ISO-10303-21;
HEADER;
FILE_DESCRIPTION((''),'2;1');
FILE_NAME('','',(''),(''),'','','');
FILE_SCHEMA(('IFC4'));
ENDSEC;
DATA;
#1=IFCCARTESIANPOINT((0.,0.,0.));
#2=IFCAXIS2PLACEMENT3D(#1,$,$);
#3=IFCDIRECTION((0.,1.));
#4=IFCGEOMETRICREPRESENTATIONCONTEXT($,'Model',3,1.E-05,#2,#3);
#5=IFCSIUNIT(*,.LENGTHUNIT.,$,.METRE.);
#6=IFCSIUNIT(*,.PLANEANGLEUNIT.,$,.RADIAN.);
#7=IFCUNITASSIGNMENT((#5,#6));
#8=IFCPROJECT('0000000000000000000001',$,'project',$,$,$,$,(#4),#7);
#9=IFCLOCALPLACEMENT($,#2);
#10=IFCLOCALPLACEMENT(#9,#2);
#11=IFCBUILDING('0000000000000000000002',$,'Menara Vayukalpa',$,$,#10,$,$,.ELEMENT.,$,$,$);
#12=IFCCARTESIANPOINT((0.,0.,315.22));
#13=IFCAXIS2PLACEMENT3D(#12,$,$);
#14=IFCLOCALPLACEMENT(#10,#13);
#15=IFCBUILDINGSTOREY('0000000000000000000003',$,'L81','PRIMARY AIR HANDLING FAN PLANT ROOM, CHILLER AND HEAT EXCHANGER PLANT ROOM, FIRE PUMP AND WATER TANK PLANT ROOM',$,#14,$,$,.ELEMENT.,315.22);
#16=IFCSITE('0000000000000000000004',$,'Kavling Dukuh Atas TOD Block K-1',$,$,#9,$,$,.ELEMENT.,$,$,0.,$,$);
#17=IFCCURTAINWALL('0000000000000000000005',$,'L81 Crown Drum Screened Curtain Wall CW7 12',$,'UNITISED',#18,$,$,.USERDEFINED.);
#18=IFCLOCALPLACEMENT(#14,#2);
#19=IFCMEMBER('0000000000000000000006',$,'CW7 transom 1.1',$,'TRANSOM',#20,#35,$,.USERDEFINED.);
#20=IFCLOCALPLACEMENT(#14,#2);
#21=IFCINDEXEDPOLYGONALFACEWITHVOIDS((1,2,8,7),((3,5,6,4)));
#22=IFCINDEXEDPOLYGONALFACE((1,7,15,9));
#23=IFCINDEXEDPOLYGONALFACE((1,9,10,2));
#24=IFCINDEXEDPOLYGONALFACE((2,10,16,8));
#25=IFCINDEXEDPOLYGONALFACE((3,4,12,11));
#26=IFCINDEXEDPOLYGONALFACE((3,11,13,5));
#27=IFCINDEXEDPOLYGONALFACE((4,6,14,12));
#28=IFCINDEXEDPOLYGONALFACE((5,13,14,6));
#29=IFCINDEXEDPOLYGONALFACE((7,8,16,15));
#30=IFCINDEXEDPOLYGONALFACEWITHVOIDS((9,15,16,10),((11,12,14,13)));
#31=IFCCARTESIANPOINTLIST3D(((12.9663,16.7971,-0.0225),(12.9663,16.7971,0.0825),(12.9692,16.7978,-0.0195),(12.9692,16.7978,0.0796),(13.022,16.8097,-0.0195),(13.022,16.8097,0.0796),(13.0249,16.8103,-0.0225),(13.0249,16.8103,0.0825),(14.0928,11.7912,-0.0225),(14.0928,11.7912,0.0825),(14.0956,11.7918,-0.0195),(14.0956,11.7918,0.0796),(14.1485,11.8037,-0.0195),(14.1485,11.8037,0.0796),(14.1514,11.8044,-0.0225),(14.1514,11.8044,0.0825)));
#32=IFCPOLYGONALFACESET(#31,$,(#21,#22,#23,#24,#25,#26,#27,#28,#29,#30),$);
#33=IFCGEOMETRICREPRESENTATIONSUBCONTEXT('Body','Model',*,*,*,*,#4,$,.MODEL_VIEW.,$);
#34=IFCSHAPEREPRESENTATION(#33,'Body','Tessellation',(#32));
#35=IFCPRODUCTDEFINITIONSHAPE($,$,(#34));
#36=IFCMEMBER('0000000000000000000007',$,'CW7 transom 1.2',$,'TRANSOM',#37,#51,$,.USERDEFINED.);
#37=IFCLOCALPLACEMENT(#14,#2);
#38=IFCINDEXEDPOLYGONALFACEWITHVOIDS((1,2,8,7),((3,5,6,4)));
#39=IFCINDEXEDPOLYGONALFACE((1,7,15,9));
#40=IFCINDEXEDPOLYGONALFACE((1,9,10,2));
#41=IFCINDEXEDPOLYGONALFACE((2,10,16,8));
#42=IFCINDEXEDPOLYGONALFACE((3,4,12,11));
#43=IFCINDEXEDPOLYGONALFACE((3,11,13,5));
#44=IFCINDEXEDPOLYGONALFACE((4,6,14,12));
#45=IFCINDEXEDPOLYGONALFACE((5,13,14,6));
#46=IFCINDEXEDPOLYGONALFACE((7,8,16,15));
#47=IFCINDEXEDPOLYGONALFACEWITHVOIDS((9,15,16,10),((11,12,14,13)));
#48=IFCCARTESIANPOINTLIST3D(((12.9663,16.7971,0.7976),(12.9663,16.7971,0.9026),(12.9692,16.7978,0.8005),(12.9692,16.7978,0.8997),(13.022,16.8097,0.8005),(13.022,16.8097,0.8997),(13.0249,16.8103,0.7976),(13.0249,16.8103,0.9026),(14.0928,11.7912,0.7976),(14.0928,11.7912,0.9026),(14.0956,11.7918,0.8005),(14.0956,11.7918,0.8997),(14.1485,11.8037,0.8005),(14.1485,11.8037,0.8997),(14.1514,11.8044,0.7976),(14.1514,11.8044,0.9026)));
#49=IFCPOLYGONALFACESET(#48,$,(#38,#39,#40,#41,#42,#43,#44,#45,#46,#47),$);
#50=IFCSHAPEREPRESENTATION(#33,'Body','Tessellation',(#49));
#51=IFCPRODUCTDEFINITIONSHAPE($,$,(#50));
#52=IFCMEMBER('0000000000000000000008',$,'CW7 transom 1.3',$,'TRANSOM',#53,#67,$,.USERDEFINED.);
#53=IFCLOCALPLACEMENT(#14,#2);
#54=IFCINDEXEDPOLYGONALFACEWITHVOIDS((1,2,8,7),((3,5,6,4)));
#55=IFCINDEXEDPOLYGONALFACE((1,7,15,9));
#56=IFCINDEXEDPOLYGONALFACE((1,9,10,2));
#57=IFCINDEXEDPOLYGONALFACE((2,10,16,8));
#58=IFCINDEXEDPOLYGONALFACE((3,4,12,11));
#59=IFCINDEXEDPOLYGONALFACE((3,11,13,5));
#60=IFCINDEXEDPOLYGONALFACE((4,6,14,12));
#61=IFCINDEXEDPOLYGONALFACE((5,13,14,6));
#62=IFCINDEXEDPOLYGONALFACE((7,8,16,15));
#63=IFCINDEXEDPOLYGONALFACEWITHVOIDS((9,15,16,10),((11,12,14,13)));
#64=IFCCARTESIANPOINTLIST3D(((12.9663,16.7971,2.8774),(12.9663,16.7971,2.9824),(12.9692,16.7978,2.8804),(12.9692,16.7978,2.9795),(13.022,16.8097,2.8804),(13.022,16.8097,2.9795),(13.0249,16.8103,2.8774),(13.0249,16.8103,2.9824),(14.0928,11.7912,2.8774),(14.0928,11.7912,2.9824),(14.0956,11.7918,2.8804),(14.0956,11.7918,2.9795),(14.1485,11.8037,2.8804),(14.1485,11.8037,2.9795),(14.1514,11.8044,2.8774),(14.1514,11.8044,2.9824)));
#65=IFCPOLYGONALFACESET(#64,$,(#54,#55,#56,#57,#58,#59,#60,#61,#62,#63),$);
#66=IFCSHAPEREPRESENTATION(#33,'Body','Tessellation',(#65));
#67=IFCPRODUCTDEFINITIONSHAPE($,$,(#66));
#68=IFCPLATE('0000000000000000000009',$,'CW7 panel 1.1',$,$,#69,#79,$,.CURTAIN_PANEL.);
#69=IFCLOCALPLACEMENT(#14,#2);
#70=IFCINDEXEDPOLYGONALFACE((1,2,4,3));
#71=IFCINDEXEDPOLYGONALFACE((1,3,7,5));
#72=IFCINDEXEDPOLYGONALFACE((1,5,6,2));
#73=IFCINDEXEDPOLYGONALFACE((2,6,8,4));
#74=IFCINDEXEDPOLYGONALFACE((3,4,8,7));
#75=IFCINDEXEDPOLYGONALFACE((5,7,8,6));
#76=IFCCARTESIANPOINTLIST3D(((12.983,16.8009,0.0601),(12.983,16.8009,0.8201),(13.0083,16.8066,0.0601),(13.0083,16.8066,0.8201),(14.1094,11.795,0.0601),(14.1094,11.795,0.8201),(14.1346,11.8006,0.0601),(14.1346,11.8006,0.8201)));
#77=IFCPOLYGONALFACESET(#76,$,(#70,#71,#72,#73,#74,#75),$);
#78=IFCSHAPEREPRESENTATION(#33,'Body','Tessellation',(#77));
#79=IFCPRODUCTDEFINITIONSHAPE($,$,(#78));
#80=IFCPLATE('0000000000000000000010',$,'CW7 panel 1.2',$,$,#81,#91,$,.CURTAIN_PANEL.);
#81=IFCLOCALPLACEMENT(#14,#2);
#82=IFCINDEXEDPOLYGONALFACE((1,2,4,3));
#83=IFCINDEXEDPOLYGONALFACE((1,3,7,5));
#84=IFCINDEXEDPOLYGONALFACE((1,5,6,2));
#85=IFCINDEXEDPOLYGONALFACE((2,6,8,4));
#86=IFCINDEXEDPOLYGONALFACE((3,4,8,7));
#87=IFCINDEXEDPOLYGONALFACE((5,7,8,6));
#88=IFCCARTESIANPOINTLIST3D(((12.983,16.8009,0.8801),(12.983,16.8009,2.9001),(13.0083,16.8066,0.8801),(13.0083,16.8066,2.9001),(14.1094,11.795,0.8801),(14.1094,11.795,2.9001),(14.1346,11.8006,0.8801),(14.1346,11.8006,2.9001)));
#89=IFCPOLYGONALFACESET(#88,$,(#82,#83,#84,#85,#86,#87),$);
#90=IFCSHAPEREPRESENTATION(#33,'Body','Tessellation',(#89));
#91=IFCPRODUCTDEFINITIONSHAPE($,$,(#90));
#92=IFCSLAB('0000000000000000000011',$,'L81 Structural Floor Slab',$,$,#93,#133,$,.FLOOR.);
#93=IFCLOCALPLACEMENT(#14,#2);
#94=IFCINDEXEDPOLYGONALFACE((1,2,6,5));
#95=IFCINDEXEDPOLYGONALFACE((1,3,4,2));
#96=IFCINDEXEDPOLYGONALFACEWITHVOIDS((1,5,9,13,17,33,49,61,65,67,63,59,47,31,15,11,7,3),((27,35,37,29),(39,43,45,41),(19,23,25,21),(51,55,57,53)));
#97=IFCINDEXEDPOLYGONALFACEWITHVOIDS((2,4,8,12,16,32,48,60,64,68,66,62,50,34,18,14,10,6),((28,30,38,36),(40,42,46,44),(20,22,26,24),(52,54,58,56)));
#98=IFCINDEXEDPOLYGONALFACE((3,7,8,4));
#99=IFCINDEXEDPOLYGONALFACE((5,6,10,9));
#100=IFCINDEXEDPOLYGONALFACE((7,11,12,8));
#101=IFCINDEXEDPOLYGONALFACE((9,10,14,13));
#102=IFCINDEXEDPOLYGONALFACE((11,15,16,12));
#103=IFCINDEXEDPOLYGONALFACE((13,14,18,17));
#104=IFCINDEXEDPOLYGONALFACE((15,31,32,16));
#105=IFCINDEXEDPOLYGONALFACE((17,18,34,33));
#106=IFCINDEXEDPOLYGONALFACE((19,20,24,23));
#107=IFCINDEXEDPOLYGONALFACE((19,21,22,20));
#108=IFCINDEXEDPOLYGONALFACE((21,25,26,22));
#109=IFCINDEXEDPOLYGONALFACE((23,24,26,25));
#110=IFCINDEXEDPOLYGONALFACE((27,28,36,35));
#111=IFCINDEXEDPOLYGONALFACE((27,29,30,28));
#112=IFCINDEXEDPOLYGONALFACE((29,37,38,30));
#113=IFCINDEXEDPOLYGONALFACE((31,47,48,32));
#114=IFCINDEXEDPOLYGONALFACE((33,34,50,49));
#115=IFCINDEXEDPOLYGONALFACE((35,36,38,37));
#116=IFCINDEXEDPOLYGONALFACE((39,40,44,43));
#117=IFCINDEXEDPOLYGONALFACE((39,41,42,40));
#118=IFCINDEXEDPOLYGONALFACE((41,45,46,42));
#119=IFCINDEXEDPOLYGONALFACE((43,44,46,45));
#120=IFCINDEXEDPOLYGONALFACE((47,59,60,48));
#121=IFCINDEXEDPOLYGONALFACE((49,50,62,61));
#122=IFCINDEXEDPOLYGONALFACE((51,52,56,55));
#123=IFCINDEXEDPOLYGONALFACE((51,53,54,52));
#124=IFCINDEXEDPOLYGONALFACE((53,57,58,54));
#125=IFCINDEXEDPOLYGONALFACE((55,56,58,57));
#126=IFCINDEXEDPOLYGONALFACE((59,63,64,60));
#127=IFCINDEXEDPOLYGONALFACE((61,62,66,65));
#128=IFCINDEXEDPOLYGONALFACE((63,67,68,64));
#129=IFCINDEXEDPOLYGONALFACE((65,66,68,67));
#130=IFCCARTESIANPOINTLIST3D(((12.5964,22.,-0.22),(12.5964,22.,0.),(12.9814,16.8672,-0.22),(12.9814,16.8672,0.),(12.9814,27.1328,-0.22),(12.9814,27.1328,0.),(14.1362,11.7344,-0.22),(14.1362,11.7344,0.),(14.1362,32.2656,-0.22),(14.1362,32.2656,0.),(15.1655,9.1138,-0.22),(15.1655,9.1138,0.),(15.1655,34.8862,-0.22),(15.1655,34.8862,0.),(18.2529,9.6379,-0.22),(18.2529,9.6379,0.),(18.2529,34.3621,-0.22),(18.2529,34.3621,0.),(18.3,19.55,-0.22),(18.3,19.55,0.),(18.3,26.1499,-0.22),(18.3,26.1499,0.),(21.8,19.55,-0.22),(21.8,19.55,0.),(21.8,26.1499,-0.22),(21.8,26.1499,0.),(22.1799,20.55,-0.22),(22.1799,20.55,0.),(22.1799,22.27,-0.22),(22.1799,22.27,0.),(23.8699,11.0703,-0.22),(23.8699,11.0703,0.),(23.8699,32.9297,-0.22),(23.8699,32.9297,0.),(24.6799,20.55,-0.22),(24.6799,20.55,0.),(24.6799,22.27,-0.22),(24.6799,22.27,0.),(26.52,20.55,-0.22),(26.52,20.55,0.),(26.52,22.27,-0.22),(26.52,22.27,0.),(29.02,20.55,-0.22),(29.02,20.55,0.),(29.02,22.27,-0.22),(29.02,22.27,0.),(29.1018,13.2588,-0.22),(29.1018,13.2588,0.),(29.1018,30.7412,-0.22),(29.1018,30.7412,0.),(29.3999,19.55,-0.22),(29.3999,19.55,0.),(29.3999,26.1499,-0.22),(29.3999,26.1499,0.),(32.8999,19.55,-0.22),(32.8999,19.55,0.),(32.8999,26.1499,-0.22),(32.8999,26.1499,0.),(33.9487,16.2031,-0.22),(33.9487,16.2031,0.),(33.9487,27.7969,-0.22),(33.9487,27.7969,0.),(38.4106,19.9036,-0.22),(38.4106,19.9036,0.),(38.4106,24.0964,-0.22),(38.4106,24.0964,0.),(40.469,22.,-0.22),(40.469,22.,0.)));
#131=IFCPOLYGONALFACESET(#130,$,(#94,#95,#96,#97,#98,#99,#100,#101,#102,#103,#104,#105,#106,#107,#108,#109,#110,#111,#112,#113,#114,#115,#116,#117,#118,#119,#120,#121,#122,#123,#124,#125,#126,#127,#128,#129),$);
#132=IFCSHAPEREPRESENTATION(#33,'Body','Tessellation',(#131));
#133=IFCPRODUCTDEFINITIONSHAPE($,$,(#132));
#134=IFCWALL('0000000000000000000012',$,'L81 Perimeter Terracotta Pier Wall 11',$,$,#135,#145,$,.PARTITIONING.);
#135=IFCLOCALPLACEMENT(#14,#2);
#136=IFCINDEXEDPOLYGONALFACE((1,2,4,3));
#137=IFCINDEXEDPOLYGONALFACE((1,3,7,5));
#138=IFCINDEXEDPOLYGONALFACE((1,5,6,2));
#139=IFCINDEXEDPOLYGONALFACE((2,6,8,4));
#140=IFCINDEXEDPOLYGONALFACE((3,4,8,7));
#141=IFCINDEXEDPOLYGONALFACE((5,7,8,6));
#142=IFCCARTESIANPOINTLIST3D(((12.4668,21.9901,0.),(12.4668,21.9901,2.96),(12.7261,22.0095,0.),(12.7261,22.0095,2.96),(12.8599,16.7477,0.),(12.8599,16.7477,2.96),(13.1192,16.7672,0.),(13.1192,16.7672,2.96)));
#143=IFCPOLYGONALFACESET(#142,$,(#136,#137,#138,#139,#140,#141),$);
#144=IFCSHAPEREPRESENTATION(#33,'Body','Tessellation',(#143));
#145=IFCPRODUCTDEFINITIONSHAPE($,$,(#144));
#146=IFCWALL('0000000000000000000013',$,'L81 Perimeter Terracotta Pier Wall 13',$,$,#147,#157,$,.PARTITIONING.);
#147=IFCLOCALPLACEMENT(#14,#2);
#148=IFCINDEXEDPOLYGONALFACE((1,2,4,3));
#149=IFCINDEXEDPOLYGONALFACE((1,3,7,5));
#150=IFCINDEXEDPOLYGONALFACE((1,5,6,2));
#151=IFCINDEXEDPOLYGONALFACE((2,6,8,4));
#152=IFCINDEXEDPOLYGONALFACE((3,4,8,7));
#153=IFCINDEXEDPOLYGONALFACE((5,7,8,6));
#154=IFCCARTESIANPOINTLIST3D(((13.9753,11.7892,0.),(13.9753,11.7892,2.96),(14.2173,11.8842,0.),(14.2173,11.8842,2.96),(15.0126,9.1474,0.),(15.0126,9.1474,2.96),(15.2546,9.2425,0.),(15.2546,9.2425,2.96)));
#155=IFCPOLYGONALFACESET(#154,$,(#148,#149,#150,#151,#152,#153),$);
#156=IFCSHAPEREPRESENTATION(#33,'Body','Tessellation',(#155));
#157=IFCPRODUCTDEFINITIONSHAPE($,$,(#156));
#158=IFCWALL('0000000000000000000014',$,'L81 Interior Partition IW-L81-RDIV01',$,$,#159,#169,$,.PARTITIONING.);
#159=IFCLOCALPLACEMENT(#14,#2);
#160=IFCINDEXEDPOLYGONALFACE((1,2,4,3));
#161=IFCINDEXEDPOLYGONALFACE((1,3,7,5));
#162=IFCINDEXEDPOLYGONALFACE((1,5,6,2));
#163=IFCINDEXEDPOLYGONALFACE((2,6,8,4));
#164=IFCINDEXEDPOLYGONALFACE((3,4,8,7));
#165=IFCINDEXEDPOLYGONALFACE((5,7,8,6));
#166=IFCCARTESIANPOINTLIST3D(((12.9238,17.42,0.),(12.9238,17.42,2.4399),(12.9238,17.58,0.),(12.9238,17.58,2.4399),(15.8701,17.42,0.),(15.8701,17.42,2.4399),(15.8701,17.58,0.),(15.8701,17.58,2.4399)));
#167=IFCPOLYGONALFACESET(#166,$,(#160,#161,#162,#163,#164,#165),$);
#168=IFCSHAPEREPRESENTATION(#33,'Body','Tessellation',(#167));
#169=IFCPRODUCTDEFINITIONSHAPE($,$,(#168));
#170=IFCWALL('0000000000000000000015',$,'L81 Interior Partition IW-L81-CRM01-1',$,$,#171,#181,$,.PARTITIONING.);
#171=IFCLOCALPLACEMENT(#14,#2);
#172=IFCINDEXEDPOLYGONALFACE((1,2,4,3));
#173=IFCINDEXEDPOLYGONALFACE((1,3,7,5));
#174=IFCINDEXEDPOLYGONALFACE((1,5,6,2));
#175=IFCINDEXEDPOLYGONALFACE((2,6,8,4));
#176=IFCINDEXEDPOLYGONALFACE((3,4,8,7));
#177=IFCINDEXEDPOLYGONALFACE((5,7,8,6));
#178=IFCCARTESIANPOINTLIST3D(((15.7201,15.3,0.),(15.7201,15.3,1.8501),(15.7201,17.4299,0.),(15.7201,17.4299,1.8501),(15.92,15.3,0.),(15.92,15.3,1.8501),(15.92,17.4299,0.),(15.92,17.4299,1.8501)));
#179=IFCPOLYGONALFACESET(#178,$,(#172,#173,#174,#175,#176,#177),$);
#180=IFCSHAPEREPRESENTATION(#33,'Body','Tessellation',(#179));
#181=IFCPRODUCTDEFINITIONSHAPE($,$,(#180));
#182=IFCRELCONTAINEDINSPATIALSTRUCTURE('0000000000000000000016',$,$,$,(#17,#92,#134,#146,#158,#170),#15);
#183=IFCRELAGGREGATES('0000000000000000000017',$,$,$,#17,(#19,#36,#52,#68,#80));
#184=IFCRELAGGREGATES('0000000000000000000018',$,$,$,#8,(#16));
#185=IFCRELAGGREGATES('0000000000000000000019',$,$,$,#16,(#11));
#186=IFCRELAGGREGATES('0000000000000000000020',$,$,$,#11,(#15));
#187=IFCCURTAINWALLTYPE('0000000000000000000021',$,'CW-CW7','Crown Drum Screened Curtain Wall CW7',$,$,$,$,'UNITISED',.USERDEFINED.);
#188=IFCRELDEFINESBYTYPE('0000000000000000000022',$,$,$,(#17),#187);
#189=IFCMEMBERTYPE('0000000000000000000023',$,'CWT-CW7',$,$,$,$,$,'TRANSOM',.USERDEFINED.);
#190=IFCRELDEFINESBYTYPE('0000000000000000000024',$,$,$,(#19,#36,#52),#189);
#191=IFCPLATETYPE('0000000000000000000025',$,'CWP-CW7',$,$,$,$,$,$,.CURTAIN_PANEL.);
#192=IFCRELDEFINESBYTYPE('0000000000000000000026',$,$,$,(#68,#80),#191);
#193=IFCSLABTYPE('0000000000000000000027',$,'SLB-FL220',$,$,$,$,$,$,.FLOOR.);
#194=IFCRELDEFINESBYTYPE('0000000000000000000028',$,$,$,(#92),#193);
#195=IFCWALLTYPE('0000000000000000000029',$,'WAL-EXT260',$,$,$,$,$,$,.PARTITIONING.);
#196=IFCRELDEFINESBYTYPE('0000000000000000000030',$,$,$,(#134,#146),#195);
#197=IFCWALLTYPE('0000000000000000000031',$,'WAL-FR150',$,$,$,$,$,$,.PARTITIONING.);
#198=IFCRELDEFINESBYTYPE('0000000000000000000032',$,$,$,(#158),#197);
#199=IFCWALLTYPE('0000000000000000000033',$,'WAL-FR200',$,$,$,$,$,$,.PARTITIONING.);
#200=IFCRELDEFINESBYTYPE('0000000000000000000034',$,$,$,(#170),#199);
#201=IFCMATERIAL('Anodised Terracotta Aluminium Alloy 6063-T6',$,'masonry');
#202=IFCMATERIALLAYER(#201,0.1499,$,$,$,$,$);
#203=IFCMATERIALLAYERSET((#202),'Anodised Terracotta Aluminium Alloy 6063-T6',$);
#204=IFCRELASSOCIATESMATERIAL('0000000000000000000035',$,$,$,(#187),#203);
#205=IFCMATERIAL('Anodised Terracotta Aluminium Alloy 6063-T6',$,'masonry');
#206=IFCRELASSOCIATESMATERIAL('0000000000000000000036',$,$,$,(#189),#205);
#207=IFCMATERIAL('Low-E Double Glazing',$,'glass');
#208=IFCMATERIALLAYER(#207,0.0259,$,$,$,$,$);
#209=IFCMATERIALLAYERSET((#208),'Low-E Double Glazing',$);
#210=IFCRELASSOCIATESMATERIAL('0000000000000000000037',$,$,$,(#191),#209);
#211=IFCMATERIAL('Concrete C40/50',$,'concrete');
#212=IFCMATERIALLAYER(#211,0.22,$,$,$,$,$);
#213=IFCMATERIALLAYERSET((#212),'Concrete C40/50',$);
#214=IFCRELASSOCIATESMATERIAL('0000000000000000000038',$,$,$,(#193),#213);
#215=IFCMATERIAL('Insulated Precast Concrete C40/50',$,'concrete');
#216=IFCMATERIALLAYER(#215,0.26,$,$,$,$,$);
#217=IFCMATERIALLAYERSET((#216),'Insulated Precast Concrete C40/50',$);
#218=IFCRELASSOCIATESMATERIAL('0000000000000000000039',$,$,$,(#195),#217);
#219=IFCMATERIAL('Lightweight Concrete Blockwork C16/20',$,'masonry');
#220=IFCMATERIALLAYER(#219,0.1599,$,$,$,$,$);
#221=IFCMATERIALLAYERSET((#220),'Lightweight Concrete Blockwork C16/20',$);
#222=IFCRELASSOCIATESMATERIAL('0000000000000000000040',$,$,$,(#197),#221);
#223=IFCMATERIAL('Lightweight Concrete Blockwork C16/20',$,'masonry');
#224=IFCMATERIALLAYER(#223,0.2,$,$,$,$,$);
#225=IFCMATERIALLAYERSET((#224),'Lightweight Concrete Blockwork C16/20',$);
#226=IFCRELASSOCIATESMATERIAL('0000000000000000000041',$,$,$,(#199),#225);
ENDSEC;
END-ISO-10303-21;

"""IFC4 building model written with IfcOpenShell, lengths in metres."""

from ifc_helpers import new_model, si_unit, direction, frame, frame_2d, origin, origin_2d, place, context, subcontext, project, spatial, polyline, rectangle, hollow_rectangle, outline, extrude, material, layer, layer_set, material_profile, profile_set, type_object, element, aggregate, save


model = new_model("IFC4")

# Units and contexts
model_context = context("Model", 3, precision=1e-05, world=origin(), true_north=direction((0.0, 1.0)))
body_context = subcontext(model_context, "Body", "Model", "MODEL_VIEW")
ifc_project = project(units=[si_unit("LENGTHUNIT", "METRE"), si_unit("PLANEANGLEUNIT", "RADIAN")], contexts=[model_context])

# Site, building, storey
site_placement = place(None, origin())
site = spatial("IfcSite", under=ifc_project, at=site_placement, Name="Kavling Dukuh Atas TOD Block K-1", CompositionType="ELEMENT", RefElevation=0.0)
building_placement = place(site_placement, origin())
building = spatial("IfcBuilding", under=site, at=building_placement, Name="Menara Vayukalpa", CompositionType="ELEMENT")
storey_placement = place(building_placement, frame((0.0, 0.0, 315.22)))
storey = spatial("IfcBuildingStorey", under=building, at=storey_placement, Name="L81", Description="PRIMARY AIR HANDLING FAN PLANT ROOM, CHILLER AND HEAT EXCHANGER PLANT ROOM, FIRE PUMP AND WATER TANK PLANT ROOM", CompositionType="ELEMENT", Elevation=315.22)

# Curtain wall, members, plates
ifc_material_1 = material(Name="Anodised Terracotta Aluminium Alloy 6063-T6", Category="masonry")
ifc_layer_1 = layer(ifc_material_1, 0.1499)
ifc_layer_set_1 = layer_set([ifc_layer_1], Name="Anodised Terracotta Aluminium Alloy 6063-T6")
curtain_wall_type = type_object("IfcCurtainWallType", Name="CW-CW7", Description="Crown Drum Screened Curtain Wall CW7", ElementType="UNITISED", PredefinedType="USERDEFINED", material=ifc_layer_set_1)
curtain_wall_placement = place(storey_placement, origin())
curtain_wall = element("IfcCurtainWall", 1, at=curtain_wall_placement, inside=storey, type_object=curtain_wall_type, Name="L81 Crown Drum Screened Curtain Wall CW7 12", ObjectType="UNITISED", PredefinedType="USERDEFINED")
ifc_material_2 = material(Name="Anodised Terracotta Aluminium Alloy 6063-T6", Category="masonry")
ifc_material_profile_1 = material_profile(ifc_material_2, hollow_rectangle(XDim=0.0601, YDim=0.105, WallThickness=0.0029, at=origin_2d()), Name="ALU 60x105x3")
ifc_profile_set_1 = profile_set([ifc_material_profile_1], Name="Anodised Terracotta Aluminium Alloy 6063-T6")
member_type_1 = type_object("IfcMemberType", Name="CWT-CW7", ElementType="TRANSOM", PredefinedType="USERDEFINED", material=ifc_profile_set_1)
member_1_placement = place(storey_placement, frame((12.9956, 16.8037, 0.03), z_axis=(0.219539, -0.975604, 0.0), x_axis=(0.975604, 0.219539, 0.0)))
member_1 = element("IfcMember", 2, at=member_1_placement, type_object=member_type_1, Name="CW7 transom 1.1", ObjectType="TRANSOM", PredefinedType="USERDEFINED", context=body_context, shape_type="SweptSolid", body=[
    extrude(hollow_rectangle(XDim=0.0601, YDim=0.105, WallThickness=0.0029, at=origin_2d()), origin(), (0.0, 0.0, 1.0), 5.1311),
])
member_2_placement = place(storey_placement, frame((12.9956, 16.8037, 0.8501), z_axis=(0.219539, -0.975604, 0.0), x_axis=(0.975604, 0.219539, 0.0)))
member_2 = element("IfcMember", 3, at=member_2_placement, type_object=member_type_1, Name="CW7 transom 1.2", ObjectType="TRANSOM", PredefinedType="USERDEFINED", context=body_context, shape_type="SweptSolid", body=[
    extrude(hollow_rectangle(XDim=0.0601, YDim=0.105, WallThickness=0.0029, at=origin_2d()), origin(), (0.0, 0.0, 1.0), 5.1311),
])
member_3_placement = place(storey_placement, frame((12.9956, 16.8037, 2.9299), z_axis=(0.219539, -0.975604, 0.0), x_axis=(0.975604, 0.219539, 0.0)))
member_3 = element("IfcMember", 4, at=member_3_placement, type_object=member_type_1, Name="CW7 transom 1.3", ObjectType="TRANSOM", PredefinedType="USERDEFINED", context=body_context, shape_type="SweptSolid", body=[
    extrude(hollow_rectangle(XDim=0.0601, YDim=0.105, WallThickness=0.0029, at=origin_2d()), origin(), (0.0, 0.0, 1.0), 5.1311),
])
ifc_material_3 = material(Name="Low-E Double Glazing", Category="glass")
ifc_layer_2 = layer(ifc_material_3, 0.0259)
ifc_layer_set_2 = layer_set([ifc_layer_2], Name="Low-E Double Glazing")
plate_type = type_object("IfcPlateType", Name="CWP-CW7", PredefinedType="CURTAIN_PANEL", material=ifc_layer_set_2)
plate_1_placement = place(storey_placement, frame((13.5588, 14.3008, 0.0601), z_axis=(0.0, 0.0, 1.0), x_axis=(0.219516, -0.975609, 0.0)))
plate_1 = element("IfcPlate", 5, at=plate_1_placement, type_object=plate_type, Name="CW7 panel 1.1", PredefinedType="CURTAIN_PANEL", context=body_context, shape_type="SweptSolid", body=[
    extrude(rectangle(XDim=5.1311, YDim=0.0259, at=origin_2d()), origin(), (0.0, 0.0, 1.0), 0.76),
])
plate_2_placement = place(storey_placement, frame((13.5588, 14.3008, 0.8801), z_axis=(0.0, 0.0, 1.0), x_axis=(0.219516, -0.975609, 0.0)))
plate_2 = element("IfcPlate", 6, at=plate_2_placement, type_object=plate_type, Name="CW7 panel 1.2", PredefinedType="CURTAIN_PANEL", context=body_context, shape_type="SweptSolid", body=[
    extrude(rectangle(XDim=5.1311, YDim=0.0259, at=origin_2d()), origin(), (0.0, 0.0, 1.0), 2.02),
])
aggregate(curtain_wall, [member_1, member_2, member_3, plate_1, plate_2])

# Slab
ifc_material_4 = material(Name="Concrete C40/50", Category="concrete")
ifc_layer_3 = layer(ifc_material_4, 0.22)
ifc_layer_set_3 = layer_set([ifc_layer_3], Name="Concrete C40/50")
slab_type = type_object("IfcSlabType", Name="SLB-FL220", PredefinedType="FLOOR", material=ifc_layer_set_3)
slab_placement = place(storey_placement, frame((0.0, 0.0, -0.22)))
element("IfcSlab", 7, at=slab_placement, inside=storey, type_object=slab_type, Name="L81 Structural Floor Slab", PredefinedType="FLOOR", context=body_context, shape_type="SweptSolid", body=[
    extrude(outline(polyline([(38.4106, 19.9036), (40.469, 22.0), (38.4106, 24.0964), (33.9487, 27.7969), (29.1018, 30.7412), (23.8699, 32.9297), (18.2529, 34.3621), (15.1655, 34.8862), (14.1362, 32.2656), (12.9814, 27.1328), (12.5964, 22.0), (12.9814, 16.8672), (14.1362, 11.7344), (15.1655, 9.1138), (18.2529, 9.6379), (23.8699, 11.0703), (29.1018, 13.2588), (33.9487, 16.2031), (38.4106, 19.9036)]), holes=[polyline([(21.8, 19.55), (21.8, 26.1499), (18.3, 26.1499), (18.3, 19.55), (21.8, 19.55)]), polyline([(32.8999, 19.55), (32.8999, 26.1499), (29.3999, 26.1499), (29.3999, 19.55), (32.8999, 19.55)]), polyline([(22.1799, 20.55), (24.6799, 20.55), (24.6799, 22.27), (22.1799, 22.27), (22.1799, 20.55)]), polyline([(26.52, 20.55), (29.02, 20.55), (29.02, 22.27), (26.52, 22.27), (26.52, 20.55)])]), origin(), (0.0, 0.0, 1.0), 0.22),
])

# Walls
ifc_material_5 = material(Name="Insulated Precast Concrete C40/50", Category="concrete")
ifc_layer_4 = layer(ifc_material_5, 0.26)
ifc_layer_set_4 = layer_set([ifc_layer_4], Name="Insulated Precast Concrete C40/50")
wall_type_1 = type_object("IfcWallType", Name="WAL-EXT260", PredefinedType="PARTITIONING", material=ifc_layer_set_4)
wall_1_placement = place(storey_placement, frame((12.9895, 16.7576, 0.0), z_axis=(0.0, 0.0, 1.0), x_axis=(-0.074768, 0.997201, 0.0)))
element("IfcWall", 8, at=wall_1_placement, inside=storey, type_object=wall_type_1, Name="L81 Perimeter Terracotta Pier Wall 11", PredefinedType="PARTITIONING", context=body_context, shape_type="SweptSolid", body=[
    extrude(rectangle(XDim=5.2571, YDim=0.26, at=frame_2d((2.6284, 0.0))), origin(), (0.0, 0.0, 1.0), 2.96),
])
wall_2_placement = place(storey_placement, frame((15.1335, 9.1951, 0.0), z_axis=(0.0, 0.0, 1.0), x_axis=(-0.365495, 0.930813, 0.0)))
element("IfcWall", 9, at=wall_2_placement, inside=storey, type_object=wall_type_1, Name="L81 Perimeter Terracotta Pier Wall 13", PredefinedType="PARTITIONING", context=body_context, shape_type="SweptSolid", body=[
    extrude(rectangle(XDim=2.8381, YDim=0.26, at=frame_2d((1.4189, 0.0))), origin(), (0.0, 0.0, 1.0), 2.96),
])
ifc_material_6 = material(Name="Lightweight Concrete Blockwork C16/20", Category="masonry")
ifc_layer_5 = layer(ifc_material_6, 0.1599)
ifc_layer_set_5 = layer_set([ifc_layer_5], Name="Lightweight Concrete Blockwork C16/20")
wall_type_2 = type_object("IfcWallType", Name="WAL-FR150", PredefinedType="PARTITIONING", material=ifc_layer_set_5)
wall_3_placement = place(storey_placement, frame((12.9238, 17.5, 0.0), z_axis=(0.0, 0.0, 1.0), x_axis=(1.0, 0.0, 0.0)))
element("IfcWall", 10, at=wall_3_placement, inside=storey, type_object=wall_type_2, Name="L81 Interior Partition IW-L81-RDIV01", PredefinedType="PARTITIONING", context=body_context, shape_type="SweptSolid", body=[
    extrude(rectangle(XDim=2.9463, YDim=0.1599, at=frame_2d((1.4731, 0.0))), origin(), (0.0, 0.0, 1.0), 2.4399),
])
ifc_material_7 = material(Name="Lightweight Concrete Blockwork C16/20", Category="masonry")
ifc_layer_6 = layer(ifc_material_7, 0.2)
ifc_layer_set_6 = layer_set([ifc_layer_6], Name="Lightweight Concrete Blockwork C16/20")
wall_type_3 = type_object("IfcWallType", Name="WAL-FR200", PredefinedType="PARTITIONING", material=ifc_layer_set_6)
wall_4_placement = place(storey_placement, frame((15.8201, 17.4299, 0.0), z_axis=(0.0, 0.0, 1.0), x_axis=(0.0, -1.0, 0.0)))
element("IfcWall", 11, at=wall_4_placement, inside=storey, type_object=wall_type_3, Name="L81 Interior Partition IW-L81-CRM01-1", PredefinedType="PARTITIONING", context=body_context, shape_type="SweptSolid", body=[
    extrude(rectangle(XDim=2.1299, YDim=0.2, at=frame_2d((1.0649, 0.0))), origin(), (0.0, 0.0, 1.0), 1.8501),
])

save(model, "model.ifc")
